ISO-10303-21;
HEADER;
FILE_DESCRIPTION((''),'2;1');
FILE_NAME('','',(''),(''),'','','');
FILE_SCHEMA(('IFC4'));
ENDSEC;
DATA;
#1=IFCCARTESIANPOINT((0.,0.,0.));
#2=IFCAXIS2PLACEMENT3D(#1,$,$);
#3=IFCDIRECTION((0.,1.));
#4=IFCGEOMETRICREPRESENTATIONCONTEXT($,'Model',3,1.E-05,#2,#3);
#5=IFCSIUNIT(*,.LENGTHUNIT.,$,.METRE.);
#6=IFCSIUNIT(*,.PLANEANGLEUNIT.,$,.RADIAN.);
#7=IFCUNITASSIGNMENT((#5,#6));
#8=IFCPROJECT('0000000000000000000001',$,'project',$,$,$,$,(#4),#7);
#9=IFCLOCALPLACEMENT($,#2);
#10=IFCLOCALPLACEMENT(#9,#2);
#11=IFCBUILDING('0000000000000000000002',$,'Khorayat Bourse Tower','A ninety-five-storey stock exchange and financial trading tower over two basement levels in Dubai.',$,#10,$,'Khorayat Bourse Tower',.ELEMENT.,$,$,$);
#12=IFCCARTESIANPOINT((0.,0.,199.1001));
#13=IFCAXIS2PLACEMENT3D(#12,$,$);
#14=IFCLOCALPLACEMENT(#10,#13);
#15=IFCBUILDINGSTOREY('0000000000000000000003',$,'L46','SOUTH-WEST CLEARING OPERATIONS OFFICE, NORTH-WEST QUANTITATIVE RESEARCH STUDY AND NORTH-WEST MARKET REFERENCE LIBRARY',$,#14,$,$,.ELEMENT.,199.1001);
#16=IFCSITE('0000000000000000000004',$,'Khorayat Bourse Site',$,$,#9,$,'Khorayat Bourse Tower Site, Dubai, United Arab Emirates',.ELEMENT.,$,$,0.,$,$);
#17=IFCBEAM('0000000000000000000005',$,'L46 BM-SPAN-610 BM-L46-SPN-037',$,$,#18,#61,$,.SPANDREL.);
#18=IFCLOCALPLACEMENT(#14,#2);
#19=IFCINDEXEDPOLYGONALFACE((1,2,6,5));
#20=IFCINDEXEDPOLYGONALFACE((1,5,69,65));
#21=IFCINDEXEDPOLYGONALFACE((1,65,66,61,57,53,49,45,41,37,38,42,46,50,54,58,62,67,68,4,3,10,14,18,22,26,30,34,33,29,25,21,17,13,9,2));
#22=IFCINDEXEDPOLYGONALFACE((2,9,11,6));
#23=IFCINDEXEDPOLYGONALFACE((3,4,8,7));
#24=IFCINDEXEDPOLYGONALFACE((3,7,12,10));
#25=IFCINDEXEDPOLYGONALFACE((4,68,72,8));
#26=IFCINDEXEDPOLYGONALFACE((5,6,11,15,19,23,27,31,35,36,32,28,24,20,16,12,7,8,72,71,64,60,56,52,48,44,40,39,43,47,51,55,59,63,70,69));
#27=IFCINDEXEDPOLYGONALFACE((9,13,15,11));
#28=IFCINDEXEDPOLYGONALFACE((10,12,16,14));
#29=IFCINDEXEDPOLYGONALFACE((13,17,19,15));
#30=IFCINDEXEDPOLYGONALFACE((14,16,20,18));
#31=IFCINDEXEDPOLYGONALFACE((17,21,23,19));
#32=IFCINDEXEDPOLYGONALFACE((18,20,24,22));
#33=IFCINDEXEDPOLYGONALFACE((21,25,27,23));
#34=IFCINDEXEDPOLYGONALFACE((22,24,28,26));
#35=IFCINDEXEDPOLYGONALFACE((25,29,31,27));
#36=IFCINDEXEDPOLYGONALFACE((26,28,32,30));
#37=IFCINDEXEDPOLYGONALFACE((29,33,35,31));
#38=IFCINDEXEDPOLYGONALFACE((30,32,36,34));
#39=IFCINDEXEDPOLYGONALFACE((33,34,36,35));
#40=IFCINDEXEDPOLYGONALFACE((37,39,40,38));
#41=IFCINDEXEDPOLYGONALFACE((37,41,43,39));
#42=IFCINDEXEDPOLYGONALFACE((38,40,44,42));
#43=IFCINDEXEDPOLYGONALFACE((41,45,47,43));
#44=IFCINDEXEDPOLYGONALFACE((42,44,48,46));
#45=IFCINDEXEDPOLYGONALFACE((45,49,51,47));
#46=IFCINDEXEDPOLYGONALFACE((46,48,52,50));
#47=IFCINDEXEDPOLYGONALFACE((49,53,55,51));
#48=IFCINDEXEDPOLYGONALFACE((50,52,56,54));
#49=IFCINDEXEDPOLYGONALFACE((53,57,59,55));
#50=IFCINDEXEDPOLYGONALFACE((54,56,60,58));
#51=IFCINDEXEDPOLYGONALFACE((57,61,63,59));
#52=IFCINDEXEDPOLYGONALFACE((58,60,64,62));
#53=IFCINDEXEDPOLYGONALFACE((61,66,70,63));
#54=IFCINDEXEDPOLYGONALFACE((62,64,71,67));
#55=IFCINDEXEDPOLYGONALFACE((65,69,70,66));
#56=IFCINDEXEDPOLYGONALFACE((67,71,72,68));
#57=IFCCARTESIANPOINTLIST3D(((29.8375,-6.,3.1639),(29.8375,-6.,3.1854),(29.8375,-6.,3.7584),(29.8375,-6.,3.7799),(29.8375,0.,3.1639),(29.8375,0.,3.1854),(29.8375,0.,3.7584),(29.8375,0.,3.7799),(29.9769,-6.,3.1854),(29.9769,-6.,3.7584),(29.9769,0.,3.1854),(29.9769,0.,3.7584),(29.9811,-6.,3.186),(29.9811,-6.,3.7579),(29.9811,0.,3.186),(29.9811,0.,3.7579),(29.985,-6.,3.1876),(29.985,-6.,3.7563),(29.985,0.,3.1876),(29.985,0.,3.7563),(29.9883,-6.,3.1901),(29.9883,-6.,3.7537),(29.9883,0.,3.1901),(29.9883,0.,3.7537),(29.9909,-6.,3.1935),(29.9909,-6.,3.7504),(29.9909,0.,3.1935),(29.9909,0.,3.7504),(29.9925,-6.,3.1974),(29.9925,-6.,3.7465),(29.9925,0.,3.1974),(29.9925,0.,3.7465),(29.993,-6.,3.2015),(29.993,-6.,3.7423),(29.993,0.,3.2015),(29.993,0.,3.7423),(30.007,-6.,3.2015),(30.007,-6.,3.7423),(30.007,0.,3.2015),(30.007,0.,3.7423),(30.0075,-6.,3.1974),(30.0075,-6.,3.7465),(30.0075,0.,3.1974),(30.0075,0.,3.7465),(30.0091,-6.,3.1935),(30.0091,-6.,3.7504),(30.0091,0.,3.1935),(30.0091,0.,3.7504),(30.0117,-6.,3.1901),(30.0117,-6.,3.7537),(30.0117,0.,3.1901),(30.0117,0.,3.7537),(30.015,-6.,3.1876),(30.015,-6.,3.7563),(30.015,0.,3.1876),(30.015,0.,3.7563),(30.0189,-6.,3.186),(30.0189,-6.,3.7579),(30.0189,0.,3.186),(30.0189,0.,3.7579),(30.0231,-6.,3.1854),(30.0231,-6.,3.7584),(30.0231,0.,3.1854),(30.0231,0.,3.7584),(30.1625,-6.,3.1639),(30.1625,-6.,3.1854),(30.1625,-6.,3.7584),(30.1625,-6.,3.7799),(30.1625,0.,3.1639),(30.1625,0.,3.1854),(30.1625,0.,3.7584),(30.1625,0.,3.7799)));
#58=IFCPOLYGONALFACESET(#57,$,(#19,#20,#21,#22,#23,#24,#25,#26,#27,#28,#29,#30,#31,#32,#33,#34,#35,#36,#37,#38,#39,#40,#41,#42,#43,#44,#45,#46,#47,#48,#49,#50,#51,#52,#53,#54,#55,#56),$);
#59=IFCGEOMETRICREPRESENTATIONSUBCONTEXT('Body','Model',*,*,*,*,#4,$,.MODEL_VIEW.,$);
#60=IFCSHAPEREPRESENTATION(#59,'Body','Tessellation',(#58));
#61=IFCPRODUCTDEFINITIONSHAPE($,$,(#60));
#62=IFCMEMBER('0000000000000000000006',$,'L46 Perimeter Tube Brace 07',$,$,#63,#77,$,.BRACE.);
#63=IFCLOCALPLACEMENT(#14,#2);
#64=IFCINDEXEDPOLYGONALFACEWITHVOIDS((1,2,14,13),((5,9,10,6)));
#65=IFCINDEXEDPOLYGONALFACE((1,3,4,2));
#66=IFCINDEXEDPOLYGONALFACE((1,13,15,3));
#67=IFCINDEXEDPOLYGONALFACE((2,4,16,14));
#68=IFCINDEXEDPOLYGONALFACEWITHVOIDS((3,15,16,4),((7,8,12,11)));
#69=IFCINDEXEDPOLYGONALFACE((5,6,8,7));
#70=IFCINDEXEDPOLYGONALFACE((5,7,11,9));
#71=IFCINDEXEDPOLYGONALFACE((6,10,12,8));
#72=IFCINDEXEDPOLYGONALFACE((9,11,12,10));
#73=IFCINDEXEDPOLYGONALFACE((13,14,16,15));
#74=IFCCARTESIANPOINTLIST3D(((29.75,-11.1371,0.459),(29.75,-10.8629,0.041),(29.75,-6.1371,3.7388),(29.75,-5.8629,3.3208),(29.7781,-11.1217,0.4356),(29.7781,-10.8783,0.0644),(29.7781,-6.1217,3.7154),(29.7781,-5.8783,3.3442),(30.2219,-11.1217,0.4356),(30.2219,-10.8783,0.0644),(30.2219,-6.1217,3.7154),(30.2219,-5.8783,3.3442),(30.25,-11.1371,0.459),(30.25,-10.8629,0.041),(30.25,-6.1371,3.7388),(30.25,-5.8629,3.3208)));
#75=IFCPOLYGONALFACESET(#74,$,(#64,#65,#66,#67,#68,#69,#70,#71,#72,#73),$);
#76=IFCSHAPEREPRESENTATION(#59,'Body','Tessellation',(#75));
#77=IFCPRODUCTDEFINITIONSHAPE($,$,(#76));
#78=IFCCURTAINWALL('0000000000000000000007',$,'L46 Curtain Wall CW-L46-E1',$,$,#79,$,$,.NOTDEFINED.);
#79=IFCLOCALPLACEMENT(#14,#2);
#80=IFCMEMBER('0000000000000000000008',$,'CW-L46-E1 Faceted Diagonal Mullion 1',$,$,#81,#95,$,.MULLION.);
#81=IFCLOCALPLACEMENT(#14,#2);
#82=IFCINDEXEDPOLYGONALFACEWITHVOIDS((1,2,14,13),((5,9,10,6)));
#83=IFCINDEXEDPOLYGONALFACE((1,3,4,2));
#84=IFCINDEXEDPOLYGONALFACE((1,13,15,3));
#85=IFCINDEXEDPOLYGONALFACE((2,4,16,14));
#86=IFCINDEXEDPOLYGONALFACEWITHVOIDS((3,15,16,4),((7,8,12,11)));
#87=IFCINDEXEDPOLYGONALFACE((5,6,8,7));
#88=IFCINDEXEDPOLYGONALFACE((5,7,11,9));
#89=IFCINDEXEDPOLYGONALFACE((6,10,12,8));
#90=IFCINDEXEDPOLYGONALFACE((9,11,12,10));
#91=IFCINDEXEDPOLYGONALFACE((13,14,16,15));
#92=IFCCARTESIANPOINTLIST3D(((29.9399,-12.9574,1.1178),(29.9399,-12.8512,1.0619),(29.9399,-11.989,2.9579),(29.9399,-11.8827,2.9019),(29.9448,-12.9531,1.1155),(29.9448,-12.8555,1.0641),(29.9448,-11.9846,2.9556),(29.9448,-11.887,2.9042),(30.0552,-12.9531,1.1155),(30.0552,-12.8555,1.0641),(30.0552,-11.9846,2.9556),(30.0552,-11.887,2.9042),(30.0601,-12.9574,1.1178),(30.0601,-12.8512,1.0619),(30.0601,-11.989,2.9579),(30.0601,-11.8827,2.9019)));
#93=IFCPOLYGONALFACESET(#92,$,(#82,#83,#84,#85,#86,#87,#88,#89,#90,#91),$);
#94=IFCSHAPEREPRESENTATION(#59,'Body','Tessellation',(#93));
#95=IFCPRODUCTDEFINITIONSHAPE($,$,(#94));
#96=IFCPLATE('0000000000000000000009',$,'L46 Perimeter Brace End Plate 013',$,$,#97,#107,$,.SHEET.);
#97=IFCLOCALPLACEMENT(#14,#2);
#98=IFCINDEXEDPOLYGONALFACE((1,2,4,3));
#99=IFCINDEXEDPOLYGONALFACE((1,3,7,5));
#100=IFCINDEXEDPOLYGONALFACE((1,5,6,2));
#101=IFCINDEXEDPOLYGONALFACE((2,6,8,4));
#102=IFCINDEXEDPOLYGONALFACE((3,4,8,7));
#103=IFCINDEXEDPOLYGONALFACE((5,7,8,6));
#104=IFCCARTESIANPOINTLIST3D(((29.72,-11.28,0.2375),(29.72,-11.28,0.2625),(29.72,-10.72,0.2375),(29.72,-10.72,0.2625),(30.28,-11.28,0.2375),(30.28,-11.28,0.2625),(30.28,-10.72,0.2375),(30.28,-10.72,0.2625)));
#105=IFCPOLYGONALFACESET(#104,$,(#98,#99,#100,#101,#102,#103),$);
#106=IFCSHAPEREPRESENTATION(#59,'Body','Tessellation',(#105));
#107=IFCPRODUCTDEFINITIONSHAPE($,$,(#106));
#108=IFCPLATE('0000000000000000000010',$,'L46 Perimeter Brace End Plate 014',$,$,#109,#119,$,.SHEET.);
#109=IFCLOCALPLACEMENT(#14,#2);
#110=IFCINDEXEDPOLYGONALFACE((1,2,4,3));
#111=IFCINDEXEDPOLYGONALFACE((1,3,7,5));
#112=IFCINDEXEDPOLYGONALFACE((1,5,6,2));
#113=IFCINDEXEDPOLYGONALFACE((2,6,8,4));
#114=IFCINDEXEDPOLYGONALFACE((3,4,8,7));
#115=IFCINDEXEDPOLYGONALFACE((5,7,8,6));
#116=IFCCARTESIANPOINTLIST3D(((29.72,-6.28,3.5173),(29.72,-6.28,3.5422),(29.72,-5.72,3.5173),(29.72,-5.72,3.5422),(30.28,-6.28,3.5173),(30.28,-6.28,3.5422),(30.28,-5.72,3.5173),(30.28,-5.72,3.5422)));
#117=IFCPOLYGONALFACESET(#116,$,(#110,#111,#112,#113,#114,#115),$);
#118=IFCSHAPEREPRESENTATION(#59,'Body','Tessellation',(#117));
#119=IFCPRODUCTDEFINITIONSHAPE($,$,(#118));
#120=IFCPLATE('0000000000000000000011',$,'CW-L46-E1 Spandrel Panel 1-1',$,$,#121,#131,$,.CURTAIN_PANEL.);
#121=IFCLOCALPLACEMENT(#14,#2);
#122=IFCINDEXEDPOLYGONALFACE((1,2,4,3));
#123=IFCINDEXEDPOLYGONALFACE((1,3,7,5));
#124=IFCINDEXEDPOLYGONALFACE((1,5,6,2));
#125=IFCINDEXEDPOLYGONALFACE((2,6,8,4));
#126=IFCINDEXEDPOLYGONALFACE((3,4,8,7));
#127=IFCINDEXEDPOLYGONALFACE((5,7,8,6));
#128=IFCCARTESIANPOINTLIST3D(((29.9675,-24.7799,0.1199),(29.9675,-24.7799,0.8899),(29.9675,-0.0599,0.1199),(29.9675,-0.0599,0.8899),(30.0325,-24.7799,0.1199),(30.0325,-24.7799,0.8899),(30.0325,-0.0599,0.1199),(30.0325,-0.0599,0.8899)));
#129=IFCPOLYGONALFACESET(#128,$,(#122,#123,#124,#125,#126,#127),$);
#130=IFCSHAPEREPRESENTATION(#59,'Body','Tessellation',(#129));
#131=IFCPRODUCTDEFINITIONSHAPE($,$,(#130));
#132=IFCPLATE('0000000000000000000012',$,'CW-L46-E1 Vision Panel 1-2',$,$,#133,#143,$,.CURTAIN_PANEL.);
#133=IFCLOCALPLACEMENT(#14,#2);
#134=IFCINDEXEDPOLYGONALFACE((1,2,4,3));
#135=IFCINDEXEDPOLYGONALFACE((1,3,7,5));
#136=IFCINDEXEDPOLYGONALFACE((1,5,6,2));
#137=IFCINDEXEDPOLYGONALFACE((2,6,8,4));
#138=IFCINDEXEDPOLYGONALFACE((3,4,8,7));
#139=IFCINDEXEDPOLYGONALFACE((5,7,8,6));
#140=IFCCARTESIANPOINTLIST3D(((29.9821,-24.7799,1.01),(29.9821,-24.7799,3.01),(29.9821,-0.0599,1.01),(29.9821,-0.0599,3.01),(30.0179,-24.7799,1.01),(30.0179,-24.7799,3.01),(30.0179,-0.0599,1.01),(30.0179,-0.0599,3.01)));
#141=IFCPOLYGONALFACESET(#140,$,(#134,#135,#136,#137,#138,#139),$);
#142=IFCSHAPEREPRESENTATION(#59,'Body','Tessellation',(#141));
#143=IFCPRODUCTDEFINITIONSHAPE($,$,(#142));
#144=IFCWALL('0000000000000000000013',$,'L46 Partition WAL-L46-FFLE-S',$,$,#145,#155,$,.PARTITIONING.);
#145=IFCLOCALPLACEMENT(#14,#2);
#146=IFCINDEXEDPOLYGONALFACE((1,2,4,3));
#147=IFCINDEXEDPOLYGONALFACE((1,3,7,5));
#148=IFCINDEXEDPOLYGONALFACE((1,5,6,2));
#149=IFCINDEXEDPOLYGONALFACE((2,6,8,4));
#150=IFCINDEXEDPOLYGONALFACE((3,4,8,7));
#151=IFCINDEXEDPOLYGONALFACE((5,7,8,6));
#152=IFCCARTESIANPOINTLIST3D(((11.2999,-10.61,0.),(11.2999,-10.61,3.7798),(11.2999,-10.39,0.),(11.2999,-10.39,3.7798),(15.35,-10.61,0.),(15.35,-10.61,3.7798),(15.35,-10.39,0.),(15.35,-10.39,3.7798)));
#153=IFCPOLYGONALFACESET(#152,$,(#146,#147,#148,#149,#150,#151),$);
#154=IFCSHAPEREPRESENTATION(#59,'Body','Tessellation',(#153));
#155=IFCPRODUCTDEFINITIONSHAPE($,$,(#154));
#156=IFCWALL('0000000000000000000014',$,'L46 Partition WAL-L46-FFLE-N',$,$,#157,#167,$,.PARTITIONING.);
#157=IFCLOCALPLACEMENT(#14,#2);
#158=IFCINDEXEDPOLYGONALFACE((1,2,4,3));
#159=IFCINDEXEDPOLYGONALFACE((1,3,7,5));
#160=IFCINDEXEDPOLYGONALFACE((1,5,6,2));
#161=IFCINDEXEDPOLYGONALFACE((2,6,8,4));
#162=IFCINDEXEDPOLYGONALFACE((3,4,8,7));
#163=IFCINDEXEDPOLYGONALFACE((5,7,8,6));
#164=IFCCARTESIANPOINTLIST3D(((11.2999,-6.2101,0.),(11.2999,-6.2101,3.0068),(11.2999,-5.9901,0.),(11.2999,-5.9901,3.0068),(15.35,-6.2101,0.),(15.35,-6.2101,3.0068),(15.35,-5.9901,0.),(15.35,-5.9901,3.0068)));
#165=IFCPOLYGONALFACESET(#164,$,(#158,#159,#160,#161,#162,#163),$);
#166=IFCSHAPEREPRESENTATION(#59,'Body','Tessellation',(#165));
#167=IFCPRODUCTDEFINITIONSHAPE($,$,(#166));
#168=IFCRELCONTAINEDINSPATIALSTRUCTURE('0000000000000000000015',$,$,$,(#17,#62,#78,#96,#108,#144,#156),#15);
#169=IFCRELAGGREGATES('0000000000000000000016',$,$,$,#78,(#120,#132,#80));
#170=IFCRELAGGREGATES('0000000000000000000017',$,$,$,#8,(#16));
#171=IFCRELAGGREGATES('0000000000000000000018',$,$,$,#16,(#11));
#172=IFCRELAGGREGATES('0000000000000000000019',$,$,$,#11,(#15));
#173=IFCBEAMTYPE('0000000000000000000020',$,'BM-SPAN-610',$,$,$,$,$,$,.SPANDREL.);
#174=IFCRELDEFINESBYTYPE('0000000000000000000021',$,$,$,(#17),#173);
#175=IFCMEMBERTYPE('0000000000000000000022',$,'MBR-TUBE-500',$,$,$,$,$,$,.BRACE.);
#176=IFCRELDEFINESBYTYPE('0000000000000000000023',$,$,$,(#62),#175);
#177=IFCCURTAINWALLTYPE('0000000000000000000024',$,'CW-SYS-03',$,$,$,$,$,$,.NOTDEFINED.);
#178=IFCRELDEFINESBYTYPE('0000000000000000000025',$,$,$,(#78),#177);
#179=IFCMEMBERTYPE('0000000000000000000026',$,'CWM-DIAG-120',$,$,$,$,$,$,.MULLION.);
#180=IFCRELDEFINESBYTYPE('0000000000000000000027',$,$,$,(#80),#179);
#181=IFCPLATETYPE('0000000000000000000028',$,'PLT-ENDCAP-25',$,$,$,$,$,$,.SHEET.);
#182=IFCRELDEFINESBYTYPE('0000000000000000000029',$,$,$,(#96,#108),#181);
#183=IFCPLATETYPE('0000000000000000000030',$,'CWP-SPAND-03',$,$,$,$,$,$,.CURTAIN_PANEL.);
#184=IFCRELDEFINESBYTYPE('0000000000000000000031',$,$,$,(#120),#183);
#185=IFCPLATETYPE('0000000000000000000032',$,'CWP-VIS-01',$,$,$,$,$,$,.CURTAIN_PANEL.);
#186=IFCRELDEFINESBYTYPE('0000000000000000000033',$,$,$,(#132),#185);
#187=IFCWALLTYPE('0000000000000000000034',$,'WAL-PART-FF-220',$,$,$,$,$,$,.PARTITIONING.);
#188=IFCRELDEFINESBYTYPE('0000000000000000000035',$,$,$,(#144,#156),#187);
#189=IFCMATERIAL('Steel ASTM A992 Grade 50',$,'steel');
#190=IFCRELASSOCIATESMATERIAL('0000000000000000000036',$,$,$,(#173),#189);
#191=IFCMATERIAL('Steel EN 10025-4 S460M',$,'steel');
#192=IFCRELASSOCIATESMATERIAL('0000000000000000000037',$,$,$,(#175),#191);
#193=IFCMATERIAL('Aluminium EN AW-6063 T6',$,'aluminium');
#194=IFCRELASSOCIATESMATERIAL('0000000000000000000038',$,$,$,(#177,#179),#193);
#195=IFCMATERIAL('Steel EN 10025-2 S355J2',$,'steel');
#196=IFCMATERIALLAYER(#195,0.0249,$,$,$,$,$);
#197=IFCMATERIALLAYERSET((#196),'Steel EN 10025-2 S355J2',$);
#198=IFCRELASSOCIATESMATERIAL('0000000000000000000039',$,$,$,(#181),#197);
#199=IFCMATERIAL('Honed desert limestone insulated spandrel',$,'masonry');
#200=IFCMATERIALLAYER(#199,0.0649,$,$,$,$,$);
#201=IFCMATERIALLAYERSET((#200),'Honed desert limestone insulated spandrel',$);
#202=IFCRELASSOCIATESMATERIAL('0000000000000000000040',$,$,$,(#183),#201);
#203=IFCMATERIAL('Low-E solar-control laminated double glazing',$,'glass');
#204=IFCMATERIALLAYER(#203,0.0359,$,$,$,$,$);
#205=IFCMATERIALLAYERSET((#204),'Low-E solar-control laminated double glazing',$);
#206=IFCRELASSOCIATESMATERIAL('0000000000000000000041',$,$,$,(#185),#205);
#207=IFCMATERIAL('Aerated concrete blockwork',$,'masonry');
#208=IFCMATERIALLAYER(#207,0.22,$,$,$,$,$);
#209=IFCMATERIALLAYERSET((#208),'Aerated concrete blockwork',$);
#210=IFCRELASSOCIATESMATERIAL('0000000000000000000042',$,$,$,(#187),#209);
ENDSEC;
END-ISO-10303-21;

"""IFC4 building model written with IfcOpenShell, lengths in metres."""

from ifc_helpers import new_model, si_unit, direction, frame, frame_2d, origin, origin_2d, place, context, subcontext, project, spatial, rectangle, hollow_rectangle, i_section, extrude, source, transform, mapped, material, layer, layer_set, material_profile, profile_set, type_object, element, aggregate, save


model = new_model("IFC4")

# Units and contexts
model_context = context("Model", 3, precision=1e-05, world=origin(), true_north=direction((0.0, 1.0)))
body_context = subcontext(model_context, "Body", "Model", "MODEL_VIEW")
ifc_project = project(units=[si_unit("LENGTHUNIT", "METRE"), si_unit("PLANEANGLEUNIT", "RADIAN")], contexts=[model_context])

# Site, building, storey
site_placement = place(None, origin())
site = spatial("IfcSite", under=ifc_project, at=site_placement, Name="Khorayat Bourse Site", LongName="Khorayat Bourse Tower Site, Dubai, United Arab Emirates", CompositionType="ELEMENT", RefElevation=0.0)
building_placement = place(site_placement, origin())
building = spatial("IfcBuilding", under=site, at=building_placement, Name="Khorayat Bourse Tower", Description="A ninety-five-storey stock exchange and financial trading tower over two basement levels in Dubai.", LongName="Khorayat Bourse Tower", CompositionType="ELEMENT")
storey_placement = place(building_placement, frame((0.0, 0.0, 199.1001)))
storey = spatial("IfcBuildingStorey", under=building, at=storey_placement, Name="L46", Description="SOUTH-WEST CLEARING OPERATIONS OFFICE, NORTH-WEST QUANTITATIVE RESEARCH STUDY AND NORTH-WEST MARKET REFERENCE LIBRARY", CompositionType="ELEMENT", Elevation=199.1001)

# Shared definitions
ifc_material_1 = material(Name="Steel EN 10025-4 S460M", Category="steel")

# Beam
ifc_material_2 = material(Name="Steel ASTM A992 Grade 50", Category="steel")
ifc_material_profile_1 = material_profile(ifc_material_2, i_section(OverallWidth=0.325, OverallDepth=0.616, WebThickness=0.0139, FlangeThickness=0.0215, FilletRadius=0.0161, at=origin_2d()), Name="W610X174")
ifc_profile_set_1 = profile_set([ifc_material_profile_1], Name="Steel ASTM A992 Grade 50")
beam_type_1 = type_object("IfcBeamType", Name="BM-SPAN-610", PredefinedType="SPANDREL", material=ifc_profile_set_1)
shared_shape_1 = source(origin(), body_context, "Body", "SweptSolid", [
    extrude(i_section(OverallWidth=0.325, OverallDepth=0.616, WebThickness=0.0139, FlangeThickness=0.0215, FilletRadius=0.0161, at=origin_2d()), origin(), (0.0, 0.0, 1.0), 6.0),
])
beam_1_placement = place(storey_placement, frame((30.0, -6.0, 3.4719), z_axis=(0.0, 1.0, 0.0), x_axis=(-1.0, 0.0, 0.0)))
element("IfcBeam", 1, at=beam_1_placement, inside=storey, type_object=beam_type_1, Name="L46 BM-SPAN-610 BM-L46-SPN-037", PredefinedType="SPANDREL", context=body_context, shape_type="MappedRepresentation", body=[
    mapped(shared_shape_1, transform((0.0, 0.0, 0.0), scale=1.0)),
])

# Member
ifc_material_profile_2 = material_profile(ifc_material_1, hollow_rectangle(XDim=0.5, YDim=0.5, WallThickness=0.0281, at=origin_2d()), Name="HSS 500x500x28")
ifc_profile_set_2 = profile_set([ifc_material_profile_2], Name="Steel EN 10025-4 S460M")
member_type_1 = type_object("IfcMemberType", Name="MBR-TUBE-500", PredefinedType="BRACE", material=ifc_profile_set_2)
shared_shape_2 = source(origin(), body_context, "Body", "SweptSolid", [
    extrude(hollow_rectangle(XDim=0.5, YDim=0.5, WallThickness=0.0281, at=origin_2d()), origin(), (0.0, 0.0, 1.0), 5.9797),
])
member_1_placement = place(storey_placement, frame((30.0, -11.0, 0.25), z_axis=(0.0, 0.83616, 0.548485), x_axis=(-1.0, 0.0, 0.0)))
element("IfcMember", 2, at=member_1_placement, inside=storey, type_object=member_type_1, Name="L46 Perimeter Tube Brace 07", PredefinedType="BRACE", context=body_context, shape_type="MappedRepresentation", body=[
    mapped(shared_shape_2, transform((0.0, 0.0, 0.0), scale=1.0)),
])

# Curtain wall, member
ifc_material_3 = material(Name="Aluminium EN AW-6063 T6", Category="aluminium")
curtain_wall_type = type_object("IfcCurtainWallType", Name="CW-SYS-03", PredefinedType="NOTDEFINED", material=ifc_material_3)
curtain_wall_placement = place(storey_placement, origin())
curtain_wall = element("IfcCurtainWall", 3, at=curtain_wall_placement, inside=storey, type_object=curtain_wall_type, Name="L46 Curtain Wall CW-L46-E1", PredefinedType="NOTDEFINED")
ifc_material_profile_3 = material_profile(ifc_material_3, hollow_rectangle(XDim=0.1201, YDim=0.1201, WallThickness=0.0049, at=origin_2d()), Name="ALU 120x120x5")
ifc_profile_set_3 = profile_set([ifc_material_profile_3], Name="Aluminium EN AW-6063 T6")
member_type_2 = type_object("IfcMemberType", Name="CWM-DIAG-120", PredefinedType="MULLION", material=ifc_profile_set_3)
shared_shape_3 = source(origin(), body_context, "Body", "SweptSolid", [
    extrude(hollow_rectangle(XDim=0.1201, YDim=0.1201, WallThickness=0.0049, at=origin_2d()), origin(), (0.0, 0.0, 1.0), 2.0793),
])
member_2_placement = place(storey_placement, frame((30.0, -12.9043, 1.0898), z_axis=(0.0, 0.465761, 0.884911), x_axis=(-1.0, 0.0, 0.0)))
member_2 = element("IfcMember", 4, at=member_2_placement, type_object=member_type_2, Name="CW-L46-E1 Faceted Diagonal Mullion 1", PredefinedType="MULLION", context=body_context, shape_type="MappedRepresentation", body=[
    mapped(shared_shape_3, transform((0.0, 0.0, 0.0), scale=1.0)),
])

# Plates
ifc_material_4 = material(Name="Steel EN 10025-2 S355J2", Category="steel")
ifc_layer_1 = layer(ifc_material_4, 0.0249)
ifc_layer_set_1 = layer_set([ifc_layer_1], Name="Steel EN 10025-2 S355J2")
plate_type_1 = type_object("IfcPlateType", Name="PLT-ENDCAP-25", PredefinedType="SHEET", material=ifc_layer_set_1)
shared_shape_4 = source(origin(), body_context, "Body", "SweptSolid", [
    extrude(rectangle(XDim=0.5601, YDim=0.5601, at=origin_2d()), origin(), (0.0, 0.0, 1.0), 0.0249),
])
for number, where, z_axis, x_axis, name in (
    (5, (30.0, -11.0, 0.2375), (0.0, 0.0, 1.0), (1.0, 0.0, 0.0), "L46 Perimeter Brace End Plate 013"),
    (6, (30.0, -6.0, 3.5173), (0.0, 0.0, 1.0), (1.0, 0.0, 0.0), "L46 Perimeter Brace End Plate 014"),
):
    element("IfcPlate", number, at=place(storey_placement, frame(where, z_axis=z_axis, x_axis=x_axis)), inside=storey, type_object=plate_type_1, Name=name, PredefinedType="SHEET", context=body_context, shape_type="MappedRepresentation", body=[
        mapped(shared_shape_4, transform((0.0, 0.0, 0.0), scale=1.0)),
    ])

# Plates
ifc_material_5 = material(Name="Honed desert limestone insulated spandrel", Category="masonry")
ifc_layer_2 = layer(ifc_material_5, 0.0649)
ifc_layer_set_2 = layer_set([ifc_layer_2], Name="Honed desert limestone insulated spandrel")
plate_type_2 = type_object("IfcPlateType", Name="CWP-SPAND-03", PredefinedType="CURTAIN_PANEL", material=ifc_layer_set_2)
shared_shape_5 = source(origin(), body_context, "Body", "SweptSolid", [
    extrude(rectangle(XDim=24.72, YDim=0.0649, at=origin_2d()), origin(), (0.0, 0.0, 1.0), 0.77),
])
plate_1_placement = place(storey_placement, frame((30.0, -12.4199, 0.1199), z_axis=(0.0, 0.0, 1.0), x_axis=(0.0, 1.0, 0.0)))
plate_1 = element("IfcPlate", 7, at=plate_1_placement, type_object=plate_type_2, Name="CW-L46-E1 Spandrel Panel 1-1", PredefinedType="CURTAIN_PANEL", context=body_context, shape_type="MappedRepresentation", body=[
    mapped(shared_shape_5, transform((0.0, 0.0, 0.0), scale=1.0)),
])
ifc_material_6 = material(Name="Low-E solar-control laminated double glazing", Category="glass")
ifc_layer_3 = layer(ifc_material_6, 0.0359)
ifc_layer_set_3 = layer_set([ifc_layer_3], Name="Low-E solar-control laminated double glazing")
plate_type_3 = type_object("IfcPlateType", Name="CWP-VIS-01", PredefinedType="CURTAIN_PANEL", material=ifc_layer_set_3)
shared_shape_6 = source(origin(), body_context, "Body", "SweptSolid", [
    extrude(rectangle(XDim=24.72, YDim=0.0359, at=origin_2d()), origin(), (0.0, 0.0, 1.0), 2.0),
])
plate_2_placement = place(storey_placement, frame((30.0, -12.4199, 1.01), z_axis=(0.0, 0.0, 1.0), x_axis=(0.0, 1.0, 0.0)))
plate_2 = element("IfcPlate", 8, at=plate_2_placement, type_object=plate_type_3, Name="CW-L46-E1 Vision Panel 1-2", PredefinedType="CURTAIN_PANEL", context=body_context, shape_type="MappedRepresentation", body=[
    mapped(shared_shape_6, transform((0.0, 0.0, 0.0), scale=1.0)),
])
aggregate(curtain_wall, [plate_1, plate_2, member_2])

# Walls
ifc_material_7 = material(Name="Aerated concrete blockwork", Category="masonry")
ifc_layer_4 = layer(ifc_material_7, 0.22)
ifc_layer_set_4 = layer_set([ifc_layer_4], Name="Aerated concrete blockwork")
wall_type_1 = type_object("IfcWallType", Name="WAL-PART-FF-220", PredefinedType="PARTITIONING", material=ifc_layer_set_4)
shared_shape_7 = source(origin(), body_context, "Body", "SweptSolid", [
    extrude(rectangle(XDim=4.05, YDim=0.22, at=frame_2d((2.0249, 0.0))), origin(), (0.0, 0.0, 1.0), 3.7798),
])
wall_1_placement = place(storey_placement, frame((11.3, -10.5, 0.0), z_axis=(0.0, 0.0, 1.0), x_axis=(1.0, 0.0, 0.0)))
element("IfcWall", 9, at=wall_1_placement, inside=storey, type_object=wall_type_1, Name="L46 Partition WAL-L46-FFLE-S", PredefinedType="PARTITIONING", context=body_context, shape_type="MappedRepresentation", body=[
    mapped(shared_shape_7, transform((0.0, 0.0, 0.0), scale=1.0)),
])
shared_shape_8 = source(origin(), body_context, "Body", "SweptSolid", [
    extrude(rectangle(XDim=4.05, YDim=0.22, at=frame_2d((2.0249, 0.0))), origin(), (0.0, 0.0, 1.0), 3.0068),
])
wall_2_placement = place(storey_placement, frame((11.3, -6.1001, 0.0), z_axis=(0.0, 0.0, 1.0), x_axis=(1.0, 0.0, 0.0)))
element("IfcWall", 10, at=wall_2_placement, inside=storey, type_object=wall_type_1, Name="L46 Partition WAL-L46-FFLE-N", PredefinedType="PARTITIONING", context=body_context, shape_type="MappedRepresentation", body=[
    mapped(shared_shape_8, transform((0.0, 0.0, 0.0), scale=1.0)),
])

save(model, "model.ifc")
